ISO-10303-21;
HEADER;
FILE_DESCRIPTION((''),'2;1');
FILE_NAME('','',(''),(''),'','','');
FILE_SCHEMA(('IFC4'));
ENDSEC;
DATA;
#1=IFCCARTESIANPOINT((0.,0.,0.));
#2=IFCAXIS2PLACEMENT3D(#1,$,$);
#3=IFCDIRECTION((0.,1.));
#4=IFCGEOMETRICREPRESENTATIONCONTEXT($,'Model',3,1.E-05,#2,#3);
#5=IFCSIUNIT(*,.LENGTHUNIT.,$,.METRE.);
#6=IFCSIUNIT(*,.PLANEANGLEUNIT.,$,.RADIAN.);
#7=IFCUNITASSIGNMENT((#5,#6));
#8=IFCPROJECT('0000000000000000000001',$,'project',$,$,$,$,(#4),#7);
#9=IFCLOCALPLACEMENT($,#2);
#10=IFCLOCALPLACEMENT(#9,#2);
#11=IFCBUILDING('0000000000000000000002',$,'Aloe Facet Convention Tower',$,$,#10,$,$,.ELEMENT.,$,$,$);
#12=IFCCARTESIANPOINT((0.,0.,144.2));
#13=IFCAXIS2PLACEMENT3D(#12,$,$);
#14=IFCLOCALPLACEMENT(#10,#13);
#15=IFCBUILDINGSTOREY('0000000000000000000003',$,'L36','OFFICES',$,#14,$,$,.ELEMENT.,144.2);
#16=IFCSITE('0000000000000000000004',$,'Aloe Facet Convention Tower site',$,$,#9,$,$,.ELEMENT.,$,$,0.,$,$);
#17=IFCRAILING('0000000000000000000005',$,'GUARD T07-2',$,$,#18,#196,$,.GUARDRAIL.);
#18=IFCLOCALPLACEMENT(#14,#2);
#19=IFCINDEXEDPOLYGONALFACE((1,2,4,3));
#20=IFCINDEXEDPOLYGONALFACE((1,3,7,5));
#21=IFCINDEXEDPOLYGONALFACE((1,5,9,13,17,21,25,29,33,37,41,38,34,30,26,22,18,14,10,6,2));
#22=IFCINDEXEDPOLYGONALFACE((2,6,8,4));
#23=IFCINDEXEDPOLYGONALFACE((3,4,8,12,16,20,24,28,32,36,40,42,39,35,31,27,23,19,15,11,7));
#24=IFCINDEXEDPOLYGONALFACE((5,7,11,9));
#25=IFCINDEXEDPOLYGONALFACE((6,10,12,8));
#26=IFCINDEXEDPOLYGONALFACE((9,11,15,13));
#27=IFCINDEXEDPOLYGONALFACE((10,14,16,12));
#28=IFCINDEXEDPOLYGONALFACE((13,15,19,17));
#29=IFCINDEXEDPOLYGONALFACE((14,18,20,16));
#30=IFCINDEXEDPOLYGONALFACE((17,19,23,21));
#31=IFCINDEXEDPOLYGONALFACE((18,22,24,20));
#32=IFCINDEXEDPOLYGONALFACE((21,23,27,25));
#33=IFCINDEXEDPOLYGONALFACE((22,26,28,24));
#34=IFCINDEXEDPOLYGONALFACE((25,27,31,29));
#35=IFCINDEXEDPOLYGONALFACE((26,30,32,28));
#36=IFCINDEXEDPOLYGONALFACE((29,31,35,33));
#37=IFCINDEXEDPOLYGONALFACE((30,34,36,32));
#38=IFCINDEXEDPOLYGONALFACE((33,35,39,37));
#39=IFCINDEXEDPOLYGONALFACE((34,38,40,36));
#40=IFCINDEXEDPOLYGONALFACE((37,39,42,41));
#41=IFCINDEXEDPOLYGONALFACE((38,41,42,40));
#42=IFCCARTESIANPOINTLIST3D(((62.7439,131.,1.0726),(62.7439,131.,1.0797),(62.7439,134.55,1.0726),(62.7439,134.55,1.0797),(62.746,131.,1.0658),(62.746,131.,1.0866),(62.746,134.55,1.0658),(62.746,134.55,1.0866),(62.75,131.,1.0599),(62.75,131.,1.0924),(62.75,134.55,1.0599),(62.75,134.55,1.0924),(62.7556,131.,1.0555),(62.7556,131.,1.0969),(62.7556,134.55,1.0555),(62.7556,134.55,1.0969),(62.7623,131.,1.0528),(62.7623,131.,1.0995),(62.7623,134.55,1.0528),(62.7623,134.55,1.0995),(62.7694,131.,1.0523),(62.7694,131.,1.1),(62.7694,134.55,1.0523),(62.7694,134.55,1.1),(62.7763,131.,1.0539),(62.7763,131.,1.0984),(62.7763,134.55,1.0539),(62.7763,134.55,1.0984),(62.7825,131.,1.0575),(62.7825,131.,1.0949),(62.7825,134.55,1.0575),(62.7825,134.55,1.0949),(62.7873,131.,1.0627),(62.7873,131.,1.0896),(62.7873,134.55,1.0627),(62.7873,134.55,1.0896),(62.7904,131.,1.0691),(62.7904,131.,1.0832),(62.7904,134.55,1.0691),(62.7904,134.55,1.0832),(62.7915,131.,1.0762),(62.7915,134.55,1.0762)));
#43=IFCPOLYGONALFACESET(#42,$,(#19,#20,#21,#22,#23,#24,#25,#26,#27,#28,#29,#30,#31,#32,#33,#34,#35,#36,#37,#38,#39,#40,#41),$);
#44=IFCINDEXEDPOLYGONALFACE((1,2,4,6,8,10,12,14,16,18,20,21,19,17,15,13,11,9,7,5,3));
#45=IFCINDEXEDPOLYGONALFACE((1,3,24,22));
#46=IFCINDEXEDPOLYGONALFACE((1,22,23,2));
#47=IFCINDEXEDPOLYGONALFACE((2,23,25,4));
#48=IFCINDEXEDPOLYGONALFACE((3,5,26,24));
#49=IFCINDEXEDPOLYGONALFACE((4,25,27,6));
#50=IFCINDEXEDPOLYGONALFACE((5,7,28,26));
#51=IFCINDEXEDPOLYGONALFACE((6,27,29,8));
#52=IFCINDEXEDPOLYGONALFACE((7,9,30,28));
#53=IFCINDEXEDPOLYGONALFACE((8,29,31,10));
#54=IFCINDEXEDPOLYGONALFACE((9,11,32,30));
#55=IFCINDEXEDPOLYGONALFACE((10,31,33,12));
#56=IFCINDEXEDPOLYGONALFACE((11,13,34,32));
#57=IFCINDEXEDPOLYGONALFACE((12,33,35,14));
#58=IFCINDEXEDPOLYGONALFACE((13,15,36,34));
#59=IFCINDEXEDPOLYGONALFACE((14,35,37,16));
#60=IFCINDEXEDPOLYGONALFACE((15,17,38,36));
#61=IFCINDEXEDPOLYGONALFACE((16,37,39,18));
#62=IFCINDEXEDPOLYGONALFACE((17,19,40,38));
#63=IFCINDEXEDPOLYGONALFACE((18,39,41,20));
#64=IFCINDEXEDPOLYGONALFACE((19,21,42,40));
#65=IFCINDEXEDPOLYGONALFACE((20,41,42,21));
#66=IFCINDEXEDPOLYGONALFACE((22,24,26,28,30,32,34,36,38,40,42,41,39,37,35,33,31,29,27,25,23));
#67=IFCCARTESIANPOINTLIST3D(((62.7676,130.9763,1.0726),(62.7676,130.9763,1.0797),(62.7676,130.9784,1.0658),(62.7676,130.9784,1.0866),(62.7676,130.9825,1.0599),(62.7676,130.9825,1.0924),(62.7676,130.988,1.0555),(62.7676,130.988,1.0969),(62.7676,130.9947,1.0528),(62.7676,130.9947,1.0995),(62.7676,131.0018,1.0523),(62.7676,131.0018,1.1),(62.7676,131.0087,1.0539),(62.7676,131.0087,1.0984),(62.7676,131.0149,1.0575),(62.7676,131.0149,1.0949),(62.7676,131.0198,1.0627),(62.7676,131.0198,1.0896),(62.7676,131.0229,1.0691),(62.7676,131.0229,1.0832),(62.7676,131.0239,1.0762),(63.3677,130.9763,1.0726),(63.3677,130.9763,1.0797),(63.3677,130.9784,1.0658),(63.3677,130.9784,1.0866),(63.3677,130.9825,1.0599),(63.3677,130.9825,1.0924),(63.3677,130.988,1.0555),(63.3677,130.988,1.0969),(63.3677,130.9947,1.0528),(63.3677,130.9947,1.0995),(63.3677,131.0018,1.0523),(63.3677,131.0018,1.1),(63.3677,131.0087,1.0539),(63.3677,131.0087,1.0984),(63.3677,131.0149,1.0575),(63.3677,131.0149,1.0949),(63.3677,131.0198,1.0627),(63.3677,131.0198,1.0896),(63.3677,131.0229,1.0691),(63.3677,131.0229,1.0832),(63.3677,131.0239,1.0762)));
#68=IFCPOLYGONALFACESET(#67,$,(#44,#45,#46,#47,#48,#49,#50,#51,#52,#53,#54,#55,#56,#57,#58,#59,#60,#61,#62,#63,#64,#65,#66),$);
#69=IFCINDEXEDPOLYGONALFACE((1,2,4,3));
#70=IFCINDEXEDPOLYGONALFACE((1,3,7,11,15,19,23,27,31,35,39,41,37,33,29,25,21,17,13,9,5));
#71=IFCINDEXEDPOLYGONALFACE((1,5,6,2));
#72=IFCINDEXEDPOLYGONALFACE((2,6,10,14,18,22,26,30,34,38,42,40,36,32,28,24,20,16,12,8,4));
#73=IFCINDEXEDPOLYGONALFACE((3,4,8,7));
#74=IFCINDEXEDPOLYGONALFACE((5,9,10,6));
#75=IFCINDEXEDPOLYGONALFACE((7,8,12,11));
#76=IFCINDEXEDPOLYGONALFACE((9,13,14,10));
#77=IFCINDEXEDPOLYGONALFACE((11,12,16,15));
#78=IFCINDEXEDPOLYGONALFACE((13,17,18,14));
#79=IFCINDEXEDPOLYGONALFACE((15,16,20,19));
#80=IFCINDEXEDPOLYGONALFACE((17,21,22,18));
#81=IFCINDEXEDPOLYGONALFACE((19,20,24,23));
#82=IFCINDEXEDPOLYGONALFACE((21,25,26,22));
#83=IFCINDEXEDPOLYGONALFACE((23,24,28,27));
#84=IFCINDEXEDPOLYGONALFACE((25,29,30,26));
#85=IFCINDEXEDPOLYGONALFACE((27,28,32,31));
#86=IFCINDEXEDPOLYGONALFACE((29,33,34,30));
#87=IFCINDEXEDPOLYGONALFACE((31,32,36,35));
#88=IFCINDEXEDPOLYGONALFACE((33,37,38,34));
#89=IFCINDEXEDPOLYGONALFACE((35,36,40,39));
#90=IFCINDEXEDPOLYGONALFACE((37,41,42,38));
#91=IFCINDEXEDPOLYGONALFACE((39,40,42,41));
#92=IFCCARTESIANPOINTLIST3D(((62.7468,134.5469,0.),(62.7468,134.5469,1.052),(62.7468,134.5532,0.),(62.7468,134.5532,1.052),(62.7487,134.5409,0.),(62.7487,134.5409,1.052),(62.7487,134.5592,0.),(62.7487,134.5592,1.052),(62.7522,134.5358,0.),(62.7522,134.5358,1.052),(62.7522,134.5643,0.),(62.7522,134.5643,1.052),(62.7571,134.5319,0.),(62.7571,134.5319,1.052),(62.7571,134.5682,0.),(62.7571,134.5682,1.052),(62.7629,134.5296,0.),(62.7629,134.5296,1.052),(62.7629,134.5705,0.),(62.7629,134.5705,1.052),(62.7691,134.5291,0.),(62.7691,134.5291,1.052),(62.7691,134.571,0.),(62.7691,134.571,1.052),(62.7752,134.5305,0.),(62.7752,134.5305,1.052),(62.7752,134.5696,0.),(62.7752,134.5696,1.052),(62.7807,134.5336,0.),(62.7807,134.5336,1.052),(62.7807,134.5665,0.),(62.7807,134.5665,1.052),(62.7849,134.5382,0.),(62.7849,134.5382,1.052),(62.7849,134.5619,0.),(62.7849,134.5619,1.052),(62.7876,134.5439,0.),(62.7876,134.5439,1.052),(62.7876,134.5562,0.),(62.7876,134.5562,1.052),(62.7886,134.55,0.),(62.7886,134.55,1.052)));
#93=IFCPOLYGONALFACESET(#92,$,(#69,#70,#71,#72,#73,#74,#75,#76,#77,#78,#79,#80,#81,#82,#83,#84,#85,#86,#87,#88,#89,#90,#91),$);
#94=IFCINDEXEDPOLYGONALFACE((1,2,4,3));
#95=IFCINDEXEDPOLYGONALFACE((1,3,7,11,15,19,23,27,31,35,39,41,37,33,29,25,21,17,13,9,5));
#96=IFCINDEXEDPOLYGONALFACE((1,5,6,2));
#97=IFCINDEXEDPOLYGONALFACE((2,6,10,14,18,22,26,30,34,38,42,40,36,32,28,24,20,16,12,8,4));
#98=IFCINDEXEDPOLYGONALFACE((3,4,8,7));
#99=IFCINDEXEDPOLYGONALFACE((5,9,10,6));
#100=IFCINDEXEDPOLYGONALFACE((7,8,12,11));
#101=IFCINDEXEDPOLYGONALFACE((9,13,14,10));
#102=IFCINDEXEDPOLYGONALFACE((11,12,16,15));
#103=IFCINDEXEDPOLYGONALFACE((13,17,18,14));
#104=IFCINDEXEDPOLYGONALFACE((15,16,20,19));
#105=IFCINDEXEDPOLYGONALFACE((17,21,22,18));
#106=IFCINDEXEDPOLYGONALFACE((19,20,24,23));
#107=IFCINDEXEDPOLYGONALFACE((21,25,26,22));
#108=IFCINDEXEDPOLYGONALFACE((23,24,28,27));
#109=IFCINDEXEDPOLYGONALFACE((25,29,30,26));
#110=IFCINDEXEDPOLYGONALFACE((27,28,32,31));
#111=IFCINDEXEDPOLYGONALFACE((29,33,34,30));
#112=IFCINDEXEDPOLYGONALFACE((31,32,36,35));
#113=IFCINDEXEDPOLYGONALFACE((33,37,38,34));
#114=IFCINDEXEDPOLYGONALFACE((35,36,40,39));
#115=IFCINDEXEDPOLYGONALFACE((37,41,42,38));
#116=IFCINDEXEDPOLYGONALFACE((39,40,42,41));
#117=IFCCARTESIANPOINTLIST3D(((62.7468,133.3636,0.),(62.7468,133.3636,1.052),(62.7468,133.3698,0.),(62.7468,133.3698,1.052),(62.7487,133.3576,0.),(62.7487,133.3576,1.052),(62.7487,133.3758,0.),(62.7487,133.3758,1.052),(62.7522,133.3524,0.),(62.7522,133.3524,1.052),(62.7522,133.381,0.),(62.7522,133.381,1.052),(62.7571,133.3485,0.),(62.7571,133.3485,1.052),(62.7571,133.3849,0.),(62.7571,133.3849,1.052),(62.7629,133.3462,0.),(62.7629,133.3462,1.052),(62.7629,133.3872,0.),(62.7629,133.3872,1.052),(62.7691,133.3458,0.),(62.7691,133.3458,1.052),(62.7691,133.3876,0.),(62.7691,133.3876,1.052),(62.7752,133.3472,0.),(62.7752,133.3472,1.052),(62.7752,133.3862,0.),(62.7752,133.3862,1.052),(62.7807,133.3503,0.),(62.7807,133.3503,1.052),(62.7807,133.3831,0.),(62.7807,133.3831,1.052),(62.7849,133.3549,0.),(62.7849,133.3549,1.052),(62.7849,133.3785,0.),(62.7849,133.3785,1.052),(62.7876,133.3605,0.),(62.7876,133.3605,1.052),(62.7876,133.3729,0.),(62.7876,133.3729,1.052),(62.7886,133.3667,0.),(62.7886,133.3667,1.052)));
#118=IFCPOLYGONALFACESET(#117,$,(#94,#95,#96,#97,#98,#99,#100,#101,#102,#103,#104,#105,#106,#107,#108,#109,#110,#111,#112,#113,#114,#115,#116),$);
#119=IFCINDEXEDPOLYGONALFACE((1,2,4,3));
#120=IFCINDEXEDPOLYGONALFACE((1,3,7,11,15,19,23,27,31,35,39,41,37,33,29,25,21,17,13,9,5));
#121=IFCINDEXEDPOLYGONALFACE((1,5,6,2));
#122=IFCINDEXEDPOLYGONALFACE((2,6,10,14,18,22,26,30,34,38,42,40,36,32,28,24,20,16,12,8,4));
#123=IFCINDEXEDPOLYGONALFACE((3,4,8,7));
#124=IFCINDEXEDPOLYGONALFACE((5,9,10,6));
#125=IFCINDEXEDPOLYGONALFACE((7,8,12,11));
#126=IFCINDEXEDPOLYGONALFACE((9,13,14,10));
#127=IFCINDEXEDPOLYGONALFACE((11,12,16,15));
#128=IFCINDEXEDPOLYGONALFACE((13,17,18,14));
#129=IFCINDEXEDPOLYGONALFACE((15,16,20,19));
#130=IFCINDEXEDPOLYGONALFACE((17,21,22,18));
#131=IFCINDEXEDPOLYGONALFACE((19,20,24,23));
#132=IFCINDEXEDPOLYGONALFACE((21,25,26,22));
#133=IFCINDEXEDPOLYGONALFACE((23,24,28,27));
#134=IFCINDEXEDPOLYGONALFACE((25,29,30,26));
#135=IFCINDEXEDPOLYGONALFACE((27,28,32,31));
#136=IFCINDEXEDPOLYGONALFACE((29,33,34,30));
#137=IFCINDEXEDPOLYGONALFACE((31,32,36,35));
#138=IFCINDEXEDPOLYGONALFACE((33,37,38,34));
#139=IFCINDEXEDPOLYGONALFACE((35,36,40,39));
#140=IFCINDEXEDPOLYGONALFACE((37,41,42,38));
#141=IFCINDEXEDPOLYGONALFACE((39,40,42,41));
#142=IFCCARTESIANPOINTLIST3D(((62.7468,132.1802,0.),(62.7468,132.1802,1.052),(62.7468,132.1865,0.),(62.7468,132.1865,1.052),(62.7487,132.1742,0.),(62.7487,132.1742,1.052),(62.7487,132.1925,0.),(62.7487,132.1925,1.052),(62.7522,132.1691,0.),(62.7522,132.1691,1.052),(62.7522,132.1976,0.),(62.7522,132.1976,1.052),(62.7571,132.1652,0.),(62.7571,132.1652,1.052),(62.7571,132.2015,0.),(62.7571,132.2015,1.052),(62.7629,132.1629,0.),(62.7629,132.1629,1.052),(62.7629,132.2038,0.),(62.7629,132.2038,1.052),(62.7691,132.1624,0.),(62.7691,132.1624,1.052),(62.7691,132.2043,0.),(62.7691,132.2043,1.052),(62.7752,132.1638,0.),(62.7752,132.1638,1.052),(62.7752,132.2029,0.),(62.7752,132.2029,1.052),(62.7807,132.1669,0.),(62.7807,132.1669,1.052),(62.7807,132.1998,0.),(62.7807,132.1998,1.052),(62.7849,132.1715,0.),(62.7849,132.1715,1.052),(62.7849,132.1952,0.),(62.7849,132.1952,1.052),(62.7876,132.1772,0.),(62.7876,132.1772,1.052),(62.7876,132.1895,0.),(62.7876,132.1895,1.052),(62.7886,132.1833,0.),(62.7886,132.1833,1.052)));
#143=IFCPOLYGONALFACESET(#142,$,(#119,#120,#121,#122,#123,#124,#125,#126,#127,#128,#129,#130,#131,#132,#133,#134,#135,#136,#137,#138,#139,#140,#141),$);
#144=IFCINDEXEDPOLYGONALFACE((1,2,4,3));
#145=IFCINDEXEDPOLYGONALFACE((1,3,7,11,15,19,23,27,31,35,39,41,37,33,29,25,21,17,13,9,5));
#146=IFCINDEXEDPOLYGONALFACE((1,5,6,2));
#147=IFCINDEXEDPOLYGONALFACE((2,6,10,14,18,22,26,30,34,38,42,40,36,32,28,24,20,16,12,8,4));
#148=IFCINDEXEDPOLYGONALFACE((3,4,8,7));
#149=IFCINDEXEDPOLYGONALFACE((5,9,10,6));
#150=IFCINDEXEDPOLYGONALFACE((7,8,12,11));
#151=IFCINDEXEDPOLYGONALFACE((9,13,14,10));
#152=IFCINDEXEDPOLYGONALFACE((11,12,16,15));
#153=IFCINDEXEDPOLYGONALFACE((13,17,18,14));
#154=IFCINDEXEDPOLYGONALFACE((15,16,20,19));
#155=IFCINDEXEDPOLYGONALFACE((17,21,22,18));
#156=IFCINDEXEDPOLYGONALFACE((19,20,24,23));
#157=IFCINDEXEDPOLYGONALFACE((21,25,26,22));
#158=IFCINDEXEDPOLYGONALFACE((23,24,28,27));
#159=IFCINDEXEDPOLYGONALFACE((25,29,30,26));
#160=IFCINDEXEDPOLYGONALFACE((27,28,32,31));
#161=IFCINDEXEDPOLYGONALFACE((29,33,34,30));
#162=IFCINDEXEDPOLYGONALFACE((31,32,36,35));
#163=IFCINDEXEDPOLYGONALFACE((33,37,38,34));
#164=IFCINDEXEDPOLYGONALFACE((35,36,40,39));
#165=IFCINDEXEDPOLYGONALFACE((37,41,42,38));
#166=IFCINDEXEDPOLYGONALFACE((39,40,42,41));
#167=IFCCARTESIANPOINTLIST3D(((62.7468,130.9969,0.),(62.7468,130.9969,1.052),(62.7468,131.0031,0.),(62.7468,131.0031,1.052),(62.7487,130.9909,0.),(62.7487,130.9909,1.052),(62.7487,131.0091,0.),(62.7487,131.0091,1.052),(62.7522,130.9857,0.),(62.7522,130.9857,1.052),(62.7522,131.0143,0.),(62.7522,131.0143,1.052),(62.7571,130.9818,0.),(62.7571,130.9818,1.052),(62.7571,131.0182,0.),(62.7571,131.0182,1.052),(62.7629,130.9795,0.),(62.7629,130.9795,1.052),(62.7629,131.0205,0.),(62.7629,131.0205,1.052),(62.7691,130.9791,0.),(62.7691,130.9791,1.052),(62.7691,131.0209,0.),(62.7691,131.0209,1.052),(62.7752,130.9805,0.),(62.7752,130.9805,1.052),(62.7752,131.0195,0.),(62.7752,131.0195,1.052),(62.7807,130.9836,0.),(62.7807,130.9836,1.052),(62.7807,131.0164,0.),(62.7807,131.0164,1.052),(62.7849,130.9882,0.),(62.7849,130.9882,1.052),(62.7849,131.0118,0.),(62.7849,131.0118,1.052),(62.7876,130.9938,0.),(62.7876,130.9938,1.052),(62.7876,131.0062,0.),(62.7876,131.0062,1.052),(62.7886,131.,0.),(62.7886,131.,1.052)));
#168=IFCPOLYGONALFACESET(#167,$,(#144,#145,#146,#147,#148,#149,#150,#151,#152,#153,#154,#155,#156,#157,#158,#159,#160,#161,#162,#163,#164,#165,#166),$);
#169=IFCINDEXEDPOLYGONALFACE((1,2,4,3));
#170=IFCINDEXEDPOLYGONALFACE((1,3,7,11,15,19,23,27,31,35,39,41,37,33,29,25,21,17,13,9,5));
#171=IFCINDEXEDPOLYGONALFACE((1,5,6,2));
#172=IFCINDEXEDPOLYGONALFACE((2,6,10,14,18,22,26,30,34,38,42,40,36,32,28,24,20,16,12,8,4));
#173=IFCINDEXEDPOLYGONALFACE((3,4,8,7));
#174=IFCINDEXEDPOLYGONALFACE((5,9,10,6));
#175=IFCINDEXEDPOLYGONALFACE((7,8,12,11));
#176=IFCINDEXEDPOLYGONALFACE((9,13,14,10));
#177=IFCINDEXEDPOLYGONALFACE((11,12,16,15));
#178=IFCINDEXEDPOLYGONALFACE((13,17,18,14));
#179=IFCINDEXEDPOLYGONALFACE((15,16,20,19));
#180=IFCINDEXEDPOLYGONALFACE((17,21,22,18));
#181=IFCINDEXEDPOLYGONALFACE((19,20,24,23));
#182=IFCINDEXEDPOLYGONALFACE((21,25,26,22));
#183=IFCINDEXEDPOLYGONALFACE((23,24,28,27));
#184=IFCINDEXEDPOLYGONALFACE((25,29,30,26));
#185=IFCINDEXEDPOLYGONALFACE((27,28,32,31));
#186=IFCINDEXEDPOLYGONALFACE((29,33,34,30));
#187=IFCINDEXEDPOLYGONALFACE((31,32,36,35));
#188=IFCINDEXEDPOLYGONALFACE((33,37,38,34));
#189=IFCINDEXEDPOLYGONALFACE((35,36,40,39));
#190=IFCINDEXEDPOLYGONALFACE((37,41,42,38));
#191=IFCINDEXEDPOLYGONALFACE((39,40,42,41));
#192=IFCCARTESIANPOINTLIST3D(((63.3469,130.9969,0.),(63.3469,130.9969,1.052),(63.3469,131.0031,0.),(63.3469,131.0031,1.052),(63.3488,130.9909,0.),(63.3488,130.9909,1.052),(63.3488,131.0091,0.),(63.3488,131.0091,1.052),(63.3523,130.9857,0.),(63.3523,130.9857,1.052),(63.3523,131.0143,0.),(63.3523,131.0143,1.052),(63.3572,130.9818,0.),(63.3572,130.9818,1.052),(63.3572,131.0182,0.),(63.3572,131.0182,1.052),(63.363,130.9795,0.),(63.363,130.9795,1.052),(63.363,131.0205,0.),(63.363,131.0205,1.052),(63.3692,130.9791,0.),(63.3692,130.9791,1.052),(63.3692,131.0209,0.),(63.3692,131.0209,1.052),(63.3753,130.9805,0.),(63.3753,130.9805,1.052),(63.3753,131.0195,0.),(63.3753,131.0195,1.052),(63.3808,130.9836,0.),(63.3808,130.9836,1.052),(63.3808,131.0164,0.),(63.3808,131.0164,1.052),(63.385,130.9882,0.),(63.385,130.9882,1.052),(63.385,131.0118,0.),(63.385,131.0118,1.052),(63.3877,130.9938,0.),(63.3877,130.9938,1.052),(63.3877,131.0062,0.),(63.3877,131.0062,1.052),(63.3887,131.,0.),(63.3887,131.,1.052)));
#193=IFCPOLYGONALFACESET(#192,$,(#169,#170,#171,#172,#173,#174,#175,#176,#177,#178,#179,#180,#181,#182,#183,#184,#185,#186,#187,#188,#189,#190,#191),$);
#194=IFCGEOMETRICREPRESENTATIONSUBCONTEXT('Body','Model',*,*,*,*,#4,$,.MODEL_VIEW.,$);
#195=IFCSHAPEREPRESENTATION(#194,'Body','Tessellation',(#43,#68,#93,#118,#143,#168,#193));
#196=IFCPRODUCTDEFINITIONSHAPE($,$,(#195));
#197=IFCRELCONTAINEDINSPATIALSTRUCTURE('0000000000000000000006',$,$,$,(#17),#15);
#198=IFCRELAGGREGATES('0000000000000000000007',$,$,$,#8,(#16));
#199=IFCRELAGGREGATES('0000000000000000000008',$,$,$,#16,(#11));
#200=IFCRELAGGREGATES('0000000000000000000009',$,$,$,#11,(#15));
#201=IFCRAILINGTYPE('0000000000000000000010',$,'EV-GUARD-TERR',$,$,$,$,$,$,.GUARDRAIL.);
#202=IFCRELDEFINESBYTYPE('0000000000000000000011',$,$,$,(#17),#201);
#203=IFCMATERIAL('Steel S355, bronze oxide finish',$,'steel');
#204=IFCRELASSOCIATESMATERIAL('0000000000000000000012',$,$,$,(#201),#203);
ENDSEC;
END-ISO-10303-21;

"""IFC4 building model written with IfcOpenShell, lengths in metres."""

from ifc_helpers import new_model, si_unit, direction, frame, origin, origin_2d, place, context, subcontext, project, spatial, circle, extrude, material, type_object, element, save


model = new_model("IFC4")

# Units and contexts
model_context = context("Model", 3, precision=1e-05, world=origin(), true_north=direction((0.0, 1.0)))
body_context = subcontext(model_context, "Body", "Model", "MODEL_VIEW")
ifc_project = project(units=[si_unit("LENGTHUNIT", "METRE"), si_unit("PLANEANGLEUNIT", "RADIAN")], contexts=[model_context])

# Site, building, storey
site_placement = place(None, origin())
site = spatial("IfcSite", under=ifc_project, at=site_placement, Name="Aloe Facet Convention Tower site", CompositionType="ELEMENT", RefElevation=0.0)
building_placement = place(site_placement, origin())
building = spatial("IfcBuilding", under=site, at=building_placement, Name="Aloe Facet Convention Tower", CompositionType="ELEMENT")
storey_placement = place(building_placement, frame((0.0, 0.0, 144.2)))
storey = spatial("IfcBuildingStorey", under=building, at=storey_placement, Name="L36", Description="OFFICES", CompositionType="ELEMENT", Elevation=144.2)

# Railing
ifc_material_1 = material(Name="Steel S355, bronze oxide finish", Category="steel")
railing_type = type_object("IfcRailingType", Name="EV-GUARD-TERR", PredefinedType="GUARDRAIL", material=ifc_material_1)
railing_placement = place(storey_placement, frame((62.7676, 134.55, 0.0)))
element("IfcRailing", 1, at=railing_placement, inside=storey, type_object=railing_type, Name="GUARD T07-2", PredefinedType="GUARDRAIL", context=body_context, shape_type="SweptSolid", body=[
    extrude(circle(Radius=0.0239, at=origin_2d()), frame((0.0, 0.0, 1.0762), z_axis=(0.0, -1.0, 0.0), x_axis=(1.0, 0.0, 0.0)), (0.0, 0.0, 1.0), 3.55),
    extrude(circle(Radius=0.0239, at=origin_2d()), frame((0.0, -3.55, 1.0762), z_axis=(1.0, 0.0, 0.0), x_axis=(0.0, 1.0, 0.0)), (0.0, 0.0, 1.0), 0.6001),
    extrude(circle(Radius=0.021, at=origin_2d()), origin(), (0.0, 0.0, 1.0), 1.052),
    extrude(circle(Radius=0.021, at=origin_2d()), frame((0.0, -1.1833, 0.0)), (0.0, 0.0, 1.0), 1.052),
    extrude(circle(Radius=0.021, at=origin_2d()), frame((0.0, -2.3667, 0.0)), (0.0, 0.0, 1.0), 1.052),
    extrude(circle(Radius=0.021, at=origin_2d()), frame((0.0, -3.55, 0.0)), (0.0, 0.0, 1.0), 1.052),
    extrude(circle(Radius=0.021, at=origin_2d()), frame((0.6001, -3.55, 0.0)), (0.0, 0.0, 1.0), 1.052),
])

save(model, "model.ifc")
